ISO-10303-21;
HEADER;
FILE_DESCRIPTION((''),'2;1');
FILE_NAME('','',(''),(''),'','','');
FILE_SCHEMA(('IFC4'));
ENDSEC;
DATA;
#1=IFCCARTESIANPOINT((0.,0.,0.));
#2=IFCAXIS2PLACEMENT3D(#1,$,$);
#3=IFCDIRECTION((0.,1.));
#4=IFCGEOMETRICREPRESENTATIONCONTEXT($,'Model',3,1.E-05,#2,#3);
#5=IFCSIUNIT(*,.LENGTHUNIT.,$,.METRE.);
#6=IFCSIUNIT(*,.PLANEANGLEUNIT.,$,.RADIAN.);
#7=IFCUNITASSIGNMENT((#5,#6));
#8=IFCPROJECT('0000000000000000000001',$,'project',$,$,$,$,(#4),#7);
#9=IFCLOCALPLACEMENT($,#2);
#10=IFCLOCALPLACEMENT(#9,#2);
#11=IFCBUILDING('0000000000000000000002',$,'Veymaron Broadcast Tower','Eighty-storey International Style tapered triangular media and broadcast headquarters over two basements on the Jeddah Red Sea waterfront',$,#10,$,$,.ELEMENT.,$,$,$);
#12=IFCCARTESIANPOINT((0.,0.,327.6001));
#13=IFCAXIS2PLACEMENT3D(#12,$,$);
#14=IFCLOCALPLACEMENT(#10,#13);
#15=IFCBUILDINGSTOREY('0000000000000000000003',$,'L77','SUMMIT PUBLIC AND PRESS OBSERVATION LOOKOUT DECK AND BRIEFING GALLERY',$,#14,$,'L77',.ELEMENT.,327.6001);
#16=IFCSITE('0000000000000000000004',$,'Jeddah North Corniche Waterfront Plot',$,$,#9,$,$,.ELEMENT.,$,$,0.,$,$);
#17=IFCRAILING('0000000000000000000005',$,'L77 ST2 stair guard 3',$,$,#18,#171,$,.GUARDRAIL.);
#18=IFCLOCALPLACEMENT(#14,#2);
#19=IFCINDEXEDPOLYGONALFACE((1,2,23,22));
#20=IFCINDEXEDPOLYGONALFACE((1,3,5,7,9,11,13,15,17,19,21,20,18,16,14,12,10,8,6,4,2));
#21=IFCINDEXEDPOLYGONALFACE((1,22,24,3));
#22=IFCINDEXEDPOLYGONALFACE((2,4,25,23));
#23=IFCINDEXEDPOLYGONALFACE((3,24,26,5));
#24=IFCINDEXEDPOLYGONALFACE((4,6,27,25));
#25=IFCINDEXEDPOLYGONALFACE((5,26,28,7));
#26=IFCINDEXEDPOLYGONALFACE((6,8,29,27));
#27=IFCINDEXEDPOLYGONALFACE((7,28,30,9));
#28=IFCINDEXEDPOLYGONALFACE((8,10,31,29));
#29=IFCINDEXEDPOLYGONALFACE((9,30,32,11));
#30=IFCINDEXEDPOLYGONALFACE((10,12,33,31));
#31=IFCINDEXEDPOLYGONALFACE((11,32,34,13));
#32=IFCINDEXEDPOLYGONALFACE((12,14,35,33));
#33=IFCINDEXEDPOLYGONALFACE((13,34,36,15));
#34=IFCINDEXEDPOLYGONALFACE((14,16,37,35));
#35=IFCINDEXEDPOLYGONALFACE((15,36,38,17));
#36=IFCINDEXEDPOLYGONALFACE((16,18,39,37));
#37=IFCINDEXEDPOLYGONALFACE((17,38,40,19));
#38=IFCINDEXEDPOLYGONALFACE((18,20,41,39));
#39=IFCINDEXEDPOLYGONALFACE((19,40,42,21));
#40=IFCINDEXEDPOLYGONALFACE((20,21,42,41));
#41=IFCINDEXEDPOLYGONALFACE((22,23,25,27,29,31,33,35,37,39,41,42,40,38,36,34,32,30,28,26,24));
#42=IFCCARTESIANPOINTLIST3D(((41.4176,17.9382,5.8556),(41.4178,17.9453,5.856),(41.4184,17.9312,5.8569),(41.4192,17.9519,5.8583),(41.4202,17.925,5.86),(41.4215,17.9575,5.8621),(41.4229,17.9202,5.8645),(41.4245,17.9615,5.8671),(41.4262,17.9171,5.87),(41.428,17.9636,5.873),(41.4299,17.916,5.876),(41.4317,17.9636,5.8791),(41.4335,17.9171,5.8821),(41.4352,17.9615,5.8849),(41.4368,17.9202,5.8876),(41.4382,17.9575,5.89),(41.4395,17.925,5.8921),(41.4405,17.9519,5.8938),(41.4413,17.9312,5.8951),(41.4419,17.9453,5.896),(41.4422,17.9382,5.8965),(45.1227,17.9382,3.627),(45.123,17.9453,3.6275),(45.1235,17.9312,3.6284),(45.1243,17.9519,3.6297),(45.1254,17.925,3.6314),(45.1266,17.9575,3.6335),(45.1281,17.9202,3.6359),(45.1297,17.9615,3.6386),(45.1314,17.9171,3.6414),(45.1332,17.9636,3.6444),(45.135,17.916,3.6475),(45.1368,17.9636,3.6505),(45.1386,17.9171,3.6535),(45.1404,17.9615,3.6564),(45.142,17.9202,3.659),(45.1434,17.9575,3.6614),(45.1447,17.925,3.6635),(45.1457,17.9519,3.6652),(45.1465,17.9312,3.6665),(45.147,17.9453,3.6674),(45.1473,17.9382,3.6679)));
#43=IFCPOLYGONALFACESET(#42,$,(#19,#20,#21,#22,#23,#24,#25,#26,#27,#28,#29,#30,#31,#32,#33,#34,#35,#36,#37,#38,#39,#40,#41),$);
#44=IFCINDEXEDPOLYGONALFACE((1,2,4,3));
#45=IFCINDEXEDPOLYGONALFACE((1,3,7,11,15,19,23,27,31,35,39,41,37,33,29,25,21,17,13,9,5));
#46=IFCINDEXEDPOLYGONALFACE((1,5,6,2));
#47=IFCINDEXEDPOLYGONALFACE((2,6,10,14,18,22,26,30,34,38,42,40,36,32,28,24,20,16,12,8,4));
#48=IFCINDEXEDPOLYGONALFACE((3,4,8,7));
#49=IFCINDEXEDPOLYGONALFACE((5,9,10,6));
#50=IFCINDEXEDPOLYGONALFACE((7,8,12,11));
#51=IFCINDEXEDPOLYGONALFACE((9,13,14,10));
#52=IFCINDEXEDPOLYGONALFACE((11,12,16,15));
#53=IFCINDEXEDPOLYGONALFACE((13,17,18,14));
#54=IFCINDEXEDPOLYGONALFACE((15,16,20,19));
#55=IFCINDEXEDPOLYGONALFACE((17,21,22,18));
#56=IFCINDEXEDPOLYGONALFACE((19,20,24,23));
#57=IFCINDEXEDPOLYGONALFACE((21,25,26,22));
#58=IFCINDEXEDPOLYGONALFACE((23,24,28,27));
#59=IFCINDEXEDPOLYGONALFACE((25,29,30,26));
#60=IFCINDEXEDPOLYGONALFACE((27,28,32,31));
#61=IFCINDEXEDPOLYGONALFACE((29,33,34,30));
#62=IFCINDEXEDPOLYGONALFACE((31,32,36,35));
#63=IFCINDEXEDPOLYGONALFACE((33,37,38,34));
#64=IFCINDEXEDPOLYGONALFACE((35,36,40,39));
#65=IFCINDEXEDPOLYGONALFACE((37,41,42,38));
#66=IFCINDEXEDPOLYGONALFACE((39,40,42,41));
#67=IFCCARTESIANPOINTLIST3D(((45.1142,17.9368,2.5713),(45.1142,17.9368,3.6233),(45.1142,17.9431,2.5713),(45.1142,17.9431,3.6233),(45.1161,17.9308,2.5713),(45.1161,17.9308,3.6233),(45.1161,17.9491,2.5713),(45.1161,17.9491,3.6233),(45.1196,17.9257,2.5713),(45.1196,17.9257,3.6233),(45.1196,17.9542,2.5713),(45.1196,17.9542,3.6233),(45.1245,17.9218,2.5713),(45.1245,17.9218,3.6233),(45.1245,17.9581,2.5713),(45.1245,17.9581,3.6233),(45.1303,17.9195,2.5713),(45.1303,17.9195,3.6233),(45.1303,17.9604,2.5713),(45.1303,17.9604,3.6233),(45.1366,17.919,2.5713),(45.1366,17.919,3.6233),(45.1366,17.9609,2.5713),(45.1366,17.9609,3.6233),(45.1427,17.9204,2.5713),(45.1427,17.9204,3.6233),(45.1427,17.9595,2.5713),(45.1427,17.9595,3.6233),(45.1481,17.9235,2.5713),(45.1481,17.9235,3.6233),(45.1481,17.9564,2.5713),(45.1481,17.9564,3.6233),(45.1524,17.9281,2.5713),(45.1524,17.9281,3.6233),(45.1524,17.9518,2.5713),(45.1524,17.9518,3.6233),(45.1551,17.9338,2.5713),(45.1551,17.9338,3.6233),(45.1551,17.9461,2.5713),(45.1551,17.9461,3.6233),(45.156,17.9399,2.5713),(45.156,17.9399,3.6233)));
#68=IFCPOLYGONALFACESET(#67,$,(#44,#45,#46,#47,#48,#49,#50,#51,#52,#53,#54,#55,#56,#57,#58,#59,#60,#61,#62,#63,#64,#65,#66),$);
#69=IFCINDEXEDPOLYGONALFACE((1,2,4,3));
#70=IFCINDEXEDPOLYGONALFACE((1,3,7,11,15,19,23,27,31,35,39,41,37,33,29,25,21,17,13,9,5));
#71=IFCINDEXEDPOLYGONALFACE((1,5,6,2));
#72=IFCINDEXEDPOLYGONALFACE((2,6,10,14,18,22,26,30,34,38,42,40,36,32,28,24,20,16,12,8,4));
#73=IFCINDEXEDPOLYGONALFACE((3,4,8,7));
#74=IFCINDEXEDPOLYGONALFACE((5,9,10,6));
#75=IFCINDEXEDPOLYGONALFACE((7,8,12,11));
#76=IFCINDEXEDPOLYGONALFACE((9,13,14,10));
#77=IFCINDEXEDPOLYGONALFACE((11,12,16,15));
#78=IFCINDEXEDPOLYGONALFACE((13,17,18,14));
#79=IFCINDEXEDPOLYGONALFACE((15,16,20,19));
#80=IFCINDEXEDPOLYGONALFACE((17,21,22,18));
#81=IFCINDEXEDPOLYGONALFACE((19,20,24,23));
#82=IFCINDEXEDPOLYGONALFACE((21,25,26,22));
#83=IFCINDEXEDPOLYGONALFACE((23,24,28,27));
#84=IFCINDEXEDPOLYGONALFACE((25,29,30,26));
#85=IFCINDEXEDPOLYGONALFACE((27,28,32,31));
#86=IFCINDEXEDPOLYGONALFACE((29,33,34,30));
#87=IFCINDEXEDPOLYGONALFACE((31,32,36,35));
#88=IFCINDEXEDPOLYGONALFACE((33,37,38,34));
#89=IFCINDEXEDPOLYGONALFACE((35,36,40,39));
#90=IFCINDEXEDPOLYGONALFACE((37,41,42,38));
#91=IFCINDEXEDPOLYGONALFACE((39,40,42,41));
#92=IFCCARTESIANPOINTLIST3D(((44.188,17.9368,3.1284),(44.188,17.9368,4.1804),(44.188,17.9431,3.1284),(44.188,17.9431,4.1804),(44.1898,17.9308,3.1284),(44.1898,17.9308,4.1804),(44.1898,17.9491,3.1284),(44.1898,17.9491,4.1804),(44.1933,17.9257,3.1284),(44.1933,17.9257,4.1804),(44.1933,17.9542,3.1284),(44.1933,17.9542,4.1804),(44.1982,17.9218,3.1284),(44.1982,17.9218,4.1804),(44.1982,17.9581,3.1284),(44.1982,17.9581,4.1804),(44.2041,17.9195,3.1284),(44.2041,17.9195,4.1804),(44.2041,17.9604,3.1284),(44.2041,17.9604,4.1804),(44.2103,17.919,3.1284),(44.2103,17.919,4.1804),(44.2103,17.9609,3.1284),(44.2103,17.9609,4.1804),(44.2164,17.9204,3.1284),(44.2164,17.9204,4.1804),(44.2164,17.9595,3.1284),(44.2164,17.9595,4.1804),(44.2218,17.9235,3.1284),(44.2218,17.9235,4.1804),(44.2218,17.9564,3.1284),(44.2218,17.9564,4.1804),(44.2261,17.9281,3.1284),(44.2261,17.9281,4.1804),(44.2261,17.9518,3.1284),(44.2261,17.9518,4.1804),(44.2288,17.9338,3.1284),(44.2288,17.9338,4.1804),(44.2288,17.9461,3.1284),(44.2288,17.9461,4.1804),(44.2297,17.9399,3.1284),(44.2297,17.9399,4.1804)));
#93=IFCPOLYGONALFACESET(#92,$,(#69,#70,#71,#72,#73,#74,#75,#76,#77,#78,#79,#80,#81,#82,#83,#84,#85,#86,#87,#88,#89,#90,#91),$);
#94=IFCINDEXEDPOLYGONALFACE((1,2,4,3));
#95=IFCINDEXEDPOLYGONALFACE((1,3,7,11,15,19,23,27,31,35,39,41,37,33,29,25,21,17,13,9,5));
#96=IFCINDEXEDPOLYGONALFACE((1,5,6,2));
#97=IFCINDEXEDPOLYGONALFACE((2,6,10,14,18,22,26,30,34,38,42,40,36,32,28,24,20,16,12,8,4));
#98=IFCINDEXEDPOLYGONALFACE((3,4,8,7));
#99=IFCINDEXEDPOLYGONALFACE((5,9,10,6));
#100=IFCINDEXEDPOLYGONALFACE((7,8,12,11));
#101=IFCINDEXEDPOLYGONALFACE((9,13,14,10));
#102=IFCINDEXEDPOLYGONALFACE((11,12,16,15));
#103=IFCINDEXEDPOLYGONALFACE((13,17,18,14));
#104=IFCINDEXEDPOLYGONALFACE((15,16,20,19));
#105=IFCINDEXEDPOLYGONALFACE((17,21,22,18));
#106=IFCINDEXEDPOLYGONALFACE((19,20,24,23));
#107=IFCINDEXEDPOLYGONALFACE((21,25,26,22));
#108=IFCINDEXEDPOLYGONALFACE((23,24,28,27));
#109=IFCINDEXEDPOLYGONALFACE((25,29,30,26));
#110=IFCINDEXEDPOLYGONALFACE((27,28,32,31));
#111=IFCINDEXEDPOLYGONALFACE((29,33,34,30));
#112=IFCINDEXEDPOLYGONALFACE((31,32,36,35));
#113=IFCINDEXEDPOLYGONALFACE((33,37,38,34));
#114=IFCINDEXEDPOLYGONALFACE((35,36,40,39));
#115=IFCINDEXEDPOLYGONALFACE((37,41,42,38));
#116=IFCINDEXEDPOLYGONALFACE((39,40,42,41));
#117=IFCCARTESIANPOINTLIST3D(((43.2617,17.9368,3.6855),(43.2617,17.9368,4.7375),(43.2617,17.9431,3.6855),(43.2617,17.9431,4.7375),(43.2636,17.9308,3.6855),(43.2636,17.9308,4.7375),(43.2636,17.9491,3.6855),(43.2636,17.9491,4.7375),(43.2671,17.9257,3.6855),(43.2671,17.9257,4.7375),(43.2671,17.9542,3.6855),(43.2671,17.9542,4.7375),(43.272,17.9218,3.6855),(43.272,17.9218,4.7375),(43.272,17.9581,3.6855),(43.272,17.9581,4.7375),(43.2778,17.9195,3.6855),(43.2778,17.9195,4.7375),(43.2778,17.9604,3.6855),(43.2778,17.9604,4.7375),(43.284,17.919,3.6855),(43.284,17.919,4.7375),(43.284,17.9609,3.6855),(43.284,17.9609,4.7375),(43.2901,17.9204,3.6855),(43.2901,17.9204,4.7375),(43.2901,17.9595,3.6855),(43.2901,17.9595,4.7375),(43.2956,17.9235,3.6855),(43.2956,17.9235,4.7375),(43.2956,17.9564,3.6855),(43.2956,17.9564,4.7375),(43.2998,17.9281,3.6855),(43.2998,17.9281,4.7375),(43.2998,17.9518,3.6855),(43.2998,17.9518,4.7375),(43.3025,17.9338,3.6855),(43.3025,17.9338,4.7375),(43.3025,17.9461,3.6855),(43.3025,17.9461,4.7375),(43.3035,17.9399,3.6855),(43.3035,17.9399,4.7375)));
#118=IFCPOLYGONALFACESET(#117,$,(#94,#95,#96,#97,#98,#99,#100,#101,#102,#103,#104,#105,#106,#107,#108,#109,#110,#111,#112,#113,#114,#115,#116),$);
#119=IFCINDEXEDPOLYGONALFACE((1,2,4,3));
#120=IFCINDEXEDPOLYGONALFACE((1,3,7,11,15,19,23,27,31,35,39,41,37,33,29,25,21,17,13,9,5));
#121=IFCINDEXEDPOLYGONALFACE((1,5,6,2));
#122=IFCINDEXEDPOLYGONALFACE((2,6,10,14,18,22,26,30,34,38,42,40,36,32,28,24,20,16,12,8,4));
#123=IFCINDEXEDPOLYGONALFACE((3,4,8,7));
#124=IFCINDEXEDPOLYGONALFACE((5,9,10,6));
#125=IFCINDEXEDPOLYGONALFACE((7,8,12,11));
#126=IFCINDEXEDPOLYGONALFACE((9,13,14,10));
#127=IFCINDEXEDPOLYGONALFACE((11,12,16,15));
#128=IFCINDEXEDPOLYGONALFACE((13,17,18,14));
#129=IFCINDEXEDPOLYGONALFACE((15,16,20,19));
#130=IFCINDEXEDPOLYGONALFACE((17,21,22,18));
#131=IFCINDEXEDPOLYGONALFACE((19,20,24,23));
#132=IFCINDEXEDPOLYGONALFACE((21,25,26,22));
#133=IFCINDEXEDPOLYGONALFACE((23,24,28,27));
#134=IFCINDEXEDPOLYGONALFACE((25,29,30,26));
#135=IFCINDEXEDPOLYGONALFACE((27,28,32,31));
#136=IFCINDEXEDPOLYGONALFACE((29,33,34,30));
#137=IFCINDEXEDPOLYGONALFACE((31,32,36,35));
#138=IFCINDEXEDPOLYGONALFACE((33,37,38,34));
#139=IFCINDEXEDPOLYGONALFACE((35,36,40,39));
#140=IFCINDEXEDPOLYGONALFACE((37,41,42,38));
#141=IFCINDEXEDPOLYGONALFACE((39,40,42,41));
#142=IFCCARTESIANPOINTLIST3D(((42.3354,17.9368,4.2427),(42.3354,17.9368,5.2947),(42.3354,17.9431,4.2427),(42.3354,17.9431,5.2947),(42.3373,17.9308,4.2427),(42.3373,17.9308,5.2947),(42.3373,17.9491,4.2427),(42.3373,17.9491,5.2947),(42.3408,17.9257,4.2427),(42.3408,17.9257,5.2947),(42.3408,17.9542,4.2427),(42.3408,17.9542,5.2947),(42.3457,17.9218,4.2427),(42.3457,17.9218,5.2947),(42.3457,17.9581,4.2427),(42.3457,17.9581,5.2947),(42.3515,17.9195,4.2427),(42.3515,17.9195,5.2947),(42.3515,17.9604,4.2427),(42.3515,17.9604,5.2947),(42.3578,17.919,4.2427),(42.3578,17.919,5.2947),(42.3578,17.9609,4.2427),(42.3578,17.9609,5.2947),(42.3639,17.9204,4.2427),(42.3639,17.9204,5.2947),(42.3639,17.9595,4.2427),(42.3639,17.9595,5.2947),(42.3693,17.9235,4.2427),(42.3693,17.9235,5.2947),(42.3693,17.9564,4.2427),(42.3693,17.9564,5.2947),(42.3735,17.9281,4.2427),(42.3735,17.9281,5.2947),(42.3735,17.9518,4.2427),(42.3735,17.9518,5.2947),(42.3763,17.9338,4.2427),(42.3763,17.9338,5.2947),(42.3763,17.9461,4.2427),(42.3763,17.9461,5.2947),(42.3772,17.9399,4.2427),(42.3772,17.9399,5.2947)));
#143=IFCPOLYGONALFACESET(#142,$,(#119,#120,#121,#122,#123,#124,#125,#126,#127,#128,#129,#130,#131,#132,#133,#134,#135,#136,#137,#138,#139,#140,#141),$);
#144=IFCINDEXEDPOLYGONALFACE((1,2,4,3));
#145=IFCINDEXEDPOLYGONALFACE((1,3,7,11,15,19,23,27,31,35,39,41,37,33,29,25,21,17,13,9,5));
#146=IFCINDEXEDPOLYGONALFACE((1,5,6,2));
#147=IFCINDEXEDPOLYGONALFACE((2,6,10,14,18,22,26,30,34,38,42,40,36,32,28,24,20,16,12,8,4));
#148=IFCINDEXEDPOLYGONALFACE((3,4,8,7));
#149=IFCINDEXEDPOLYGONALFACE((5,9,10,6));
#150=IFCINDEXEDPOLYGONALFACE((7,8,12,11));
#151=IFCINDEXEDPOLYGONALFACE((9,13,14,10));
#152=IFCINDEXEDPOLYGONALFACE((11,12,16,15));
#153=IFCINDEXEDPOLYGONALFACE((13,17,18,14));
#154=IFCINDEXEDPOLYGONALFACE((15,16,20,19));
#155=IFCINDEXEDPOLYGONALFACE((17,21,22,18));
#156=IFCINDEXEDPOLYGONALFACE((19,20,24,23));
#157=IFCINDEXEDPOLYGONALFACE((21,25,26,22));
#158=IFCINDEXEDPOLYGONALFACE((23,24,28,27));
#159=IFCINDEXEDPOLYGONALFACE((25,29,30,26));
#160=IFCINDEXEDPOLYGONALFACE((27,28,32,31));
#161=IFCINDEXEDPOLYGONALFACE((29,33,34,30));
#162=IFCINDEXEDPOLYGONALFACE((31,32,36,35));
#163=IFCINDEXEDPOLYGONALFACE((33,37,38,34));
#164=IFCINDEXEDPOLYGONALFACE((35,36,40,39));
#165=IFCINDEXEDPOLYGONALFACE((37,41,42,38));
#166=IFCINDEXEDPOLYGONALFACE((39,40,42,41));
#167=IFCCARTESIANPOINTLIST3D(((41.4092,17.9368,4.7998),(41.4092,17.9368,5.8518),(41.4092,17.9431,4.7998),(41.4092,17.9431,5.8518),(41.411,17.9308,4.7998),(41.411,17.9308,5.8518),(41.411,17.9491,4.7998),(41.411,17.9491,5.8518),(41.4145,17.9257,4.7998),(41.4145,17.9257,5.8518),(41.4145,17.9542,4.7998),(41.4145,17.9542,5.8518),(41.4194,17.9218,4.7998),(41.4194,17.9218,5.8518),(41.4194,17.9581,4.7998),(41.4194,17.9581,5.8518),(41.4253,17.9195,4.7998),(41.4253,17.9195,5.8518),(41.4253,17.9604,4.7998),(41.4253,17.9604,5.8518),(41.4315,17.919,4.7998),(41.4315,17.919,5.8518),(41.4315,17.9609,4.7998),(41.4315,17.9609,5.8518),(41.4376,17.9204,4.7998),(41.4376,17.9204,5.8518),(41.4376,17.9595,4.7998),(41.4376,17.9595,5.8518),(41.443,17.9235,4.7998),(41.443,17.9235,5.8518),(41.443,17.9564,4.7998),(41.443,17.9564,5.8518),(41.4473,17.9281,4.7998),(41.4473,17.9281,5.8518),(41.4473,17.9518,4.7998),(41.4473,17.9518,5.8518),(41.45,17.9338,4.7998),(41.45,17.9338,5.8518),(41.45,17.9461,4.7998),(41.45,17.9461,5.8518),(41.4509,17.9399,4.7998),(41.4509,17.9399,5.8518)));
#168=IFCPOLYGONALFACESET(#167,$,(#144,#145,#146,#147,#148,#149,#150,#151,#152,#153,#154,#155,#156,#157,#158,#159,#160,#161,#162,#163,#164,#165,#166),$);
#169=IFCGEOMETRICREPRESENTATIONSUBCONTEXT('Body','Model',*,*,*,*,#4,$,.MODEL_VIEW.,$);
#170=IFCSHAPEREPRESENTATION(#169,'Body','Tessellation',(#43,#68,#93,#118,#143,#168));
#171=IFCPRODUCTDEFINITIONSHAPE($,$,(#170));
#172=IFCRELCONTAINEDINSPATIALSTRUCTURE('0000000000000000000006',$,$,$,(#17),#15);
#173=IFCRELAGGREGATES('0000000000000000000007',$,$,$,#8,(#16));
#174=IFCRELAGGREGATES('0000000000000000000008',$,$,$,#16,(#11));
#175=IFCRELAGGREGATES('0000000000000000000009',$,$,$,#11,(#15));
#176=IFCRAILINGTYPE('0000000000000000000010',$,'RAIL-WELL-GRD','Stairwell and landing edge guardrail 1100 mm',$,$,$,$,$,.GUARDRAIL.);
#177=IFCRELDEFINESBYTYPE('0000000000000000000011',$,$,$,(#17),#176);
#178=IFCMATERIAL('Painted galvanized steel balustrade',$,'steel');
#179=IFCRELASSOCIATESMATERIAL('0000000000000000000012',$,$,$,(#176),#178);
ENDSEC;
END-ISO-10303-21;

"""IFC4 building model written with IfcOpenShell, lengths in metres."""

from ifc_helpers import new_model, si_unit, direction, frame, origin, origin_2d, place, context, subcontext, project, spatial, circle, extrude, material, type_object, element, save


model = new_model("IFC4")

# Units and contexts
model_context = context("Model", 3, precision=1e-05, world=origin(), true_north=direction((0.0, 1.0)))
body_context = subcontext(model_context, "Body", "Model", "MODEL_VIEW")
ifc_project = project(units=[si_unit("LENGTHUNIT", "METRE"), si_unit("PLANEANGLEUNIT", "RADIAN")], contexts=[model_context])

# Site, building, storey
site_placement = place(None, origin())
site = spatial("IfcSite", under=ifc_project, at=site_placement, Name="Jeddah North Corniche Waterfront Plot", CompositionType="ELEMENT", RefElevation=0.0)
building_placement = place(site_placement, origin())
building = spatial("IfcBuilding", under=site, at=building_placement, Name="Veymaron Broadcast Tower", Description="Eighty-storey International Style tapered triangular media and broadcast headquarters over two basements on the Jeddah Red Sea waterfront", CompositionType="ELEMENT")
storey_placement = place(building_placement, frame((0.0, 0.0, 327.6001)))
storey = spatial("IfcBuildingStorey", under=building, at=storey_placement, Name="L77", Description="SUMMIT PUBLIC AND PRESS OBSERVATION LOOKOUT DECK AND BRIEFING GALLERY", LongName="L77", CompositionType="ELEMENT", Elevation=327.6001)

# Railing
ifc_material_1 = material(Name="Painted galvanized steel balustrade", Category="steel")
railing_type_1 = type_object("IfcRailingType", Name="RAIL-WELL-GRD", Description="Stairwell and landing edge guardrail 1100 mm", PredefinedType="GUARDRAIL", material=ifc_material_1)
railing_1_placement = place(storey_placement, frame((45.135, 17.9399, 2.5713)))
element("IfcRailing", 1, at=railing_1_placement, inside=storey, type_object=railing_type_1, Name="L77 ST2 stair guard 3", PredefinedType="GUARDRAIL", context=body_context, shape_type="SweptSolid", body=[
    extrude(circle(Radius=0.0239, at=origin_2d()), frame((0.0, 0.0, 1.0762), z_axis=(-0.856934, 0.0, 0.515425), x_axis=(0.0, -1.0, 0.0)), (0.0, 0.0, 1.0), 4.3237),
    extrude(circle(Radius=0.021, at=origin_2d()), origin(), (0.0, 0.0, 1.0), 1.052),
    extrude(circle(Radius=0.021, at=origin_2d()), frame((-0.9263, 0.0, 0.5571)), (0.0, 0.0, 1.0), 1.052),
    extrude(circle(Radius=0.021, at=origin_2d()), frame((-1.8525, 0.0, 1.1143)), (0.0, 0.0, 1.0), 1.052),
    extrude(circle(Radius=0.021, at=origin_2d()), frame((-2.7788, 0.0, 1.6714)), (0.0, 0.0, 1.0), 1.052),
    extrude(circle(Radius=0.021, at=origin_2d()), frame((-3.7051, 0.0, 2.2285)), (0.0, 0.0, 1.0), 1.052),
])

save(model, "model.ifc")
